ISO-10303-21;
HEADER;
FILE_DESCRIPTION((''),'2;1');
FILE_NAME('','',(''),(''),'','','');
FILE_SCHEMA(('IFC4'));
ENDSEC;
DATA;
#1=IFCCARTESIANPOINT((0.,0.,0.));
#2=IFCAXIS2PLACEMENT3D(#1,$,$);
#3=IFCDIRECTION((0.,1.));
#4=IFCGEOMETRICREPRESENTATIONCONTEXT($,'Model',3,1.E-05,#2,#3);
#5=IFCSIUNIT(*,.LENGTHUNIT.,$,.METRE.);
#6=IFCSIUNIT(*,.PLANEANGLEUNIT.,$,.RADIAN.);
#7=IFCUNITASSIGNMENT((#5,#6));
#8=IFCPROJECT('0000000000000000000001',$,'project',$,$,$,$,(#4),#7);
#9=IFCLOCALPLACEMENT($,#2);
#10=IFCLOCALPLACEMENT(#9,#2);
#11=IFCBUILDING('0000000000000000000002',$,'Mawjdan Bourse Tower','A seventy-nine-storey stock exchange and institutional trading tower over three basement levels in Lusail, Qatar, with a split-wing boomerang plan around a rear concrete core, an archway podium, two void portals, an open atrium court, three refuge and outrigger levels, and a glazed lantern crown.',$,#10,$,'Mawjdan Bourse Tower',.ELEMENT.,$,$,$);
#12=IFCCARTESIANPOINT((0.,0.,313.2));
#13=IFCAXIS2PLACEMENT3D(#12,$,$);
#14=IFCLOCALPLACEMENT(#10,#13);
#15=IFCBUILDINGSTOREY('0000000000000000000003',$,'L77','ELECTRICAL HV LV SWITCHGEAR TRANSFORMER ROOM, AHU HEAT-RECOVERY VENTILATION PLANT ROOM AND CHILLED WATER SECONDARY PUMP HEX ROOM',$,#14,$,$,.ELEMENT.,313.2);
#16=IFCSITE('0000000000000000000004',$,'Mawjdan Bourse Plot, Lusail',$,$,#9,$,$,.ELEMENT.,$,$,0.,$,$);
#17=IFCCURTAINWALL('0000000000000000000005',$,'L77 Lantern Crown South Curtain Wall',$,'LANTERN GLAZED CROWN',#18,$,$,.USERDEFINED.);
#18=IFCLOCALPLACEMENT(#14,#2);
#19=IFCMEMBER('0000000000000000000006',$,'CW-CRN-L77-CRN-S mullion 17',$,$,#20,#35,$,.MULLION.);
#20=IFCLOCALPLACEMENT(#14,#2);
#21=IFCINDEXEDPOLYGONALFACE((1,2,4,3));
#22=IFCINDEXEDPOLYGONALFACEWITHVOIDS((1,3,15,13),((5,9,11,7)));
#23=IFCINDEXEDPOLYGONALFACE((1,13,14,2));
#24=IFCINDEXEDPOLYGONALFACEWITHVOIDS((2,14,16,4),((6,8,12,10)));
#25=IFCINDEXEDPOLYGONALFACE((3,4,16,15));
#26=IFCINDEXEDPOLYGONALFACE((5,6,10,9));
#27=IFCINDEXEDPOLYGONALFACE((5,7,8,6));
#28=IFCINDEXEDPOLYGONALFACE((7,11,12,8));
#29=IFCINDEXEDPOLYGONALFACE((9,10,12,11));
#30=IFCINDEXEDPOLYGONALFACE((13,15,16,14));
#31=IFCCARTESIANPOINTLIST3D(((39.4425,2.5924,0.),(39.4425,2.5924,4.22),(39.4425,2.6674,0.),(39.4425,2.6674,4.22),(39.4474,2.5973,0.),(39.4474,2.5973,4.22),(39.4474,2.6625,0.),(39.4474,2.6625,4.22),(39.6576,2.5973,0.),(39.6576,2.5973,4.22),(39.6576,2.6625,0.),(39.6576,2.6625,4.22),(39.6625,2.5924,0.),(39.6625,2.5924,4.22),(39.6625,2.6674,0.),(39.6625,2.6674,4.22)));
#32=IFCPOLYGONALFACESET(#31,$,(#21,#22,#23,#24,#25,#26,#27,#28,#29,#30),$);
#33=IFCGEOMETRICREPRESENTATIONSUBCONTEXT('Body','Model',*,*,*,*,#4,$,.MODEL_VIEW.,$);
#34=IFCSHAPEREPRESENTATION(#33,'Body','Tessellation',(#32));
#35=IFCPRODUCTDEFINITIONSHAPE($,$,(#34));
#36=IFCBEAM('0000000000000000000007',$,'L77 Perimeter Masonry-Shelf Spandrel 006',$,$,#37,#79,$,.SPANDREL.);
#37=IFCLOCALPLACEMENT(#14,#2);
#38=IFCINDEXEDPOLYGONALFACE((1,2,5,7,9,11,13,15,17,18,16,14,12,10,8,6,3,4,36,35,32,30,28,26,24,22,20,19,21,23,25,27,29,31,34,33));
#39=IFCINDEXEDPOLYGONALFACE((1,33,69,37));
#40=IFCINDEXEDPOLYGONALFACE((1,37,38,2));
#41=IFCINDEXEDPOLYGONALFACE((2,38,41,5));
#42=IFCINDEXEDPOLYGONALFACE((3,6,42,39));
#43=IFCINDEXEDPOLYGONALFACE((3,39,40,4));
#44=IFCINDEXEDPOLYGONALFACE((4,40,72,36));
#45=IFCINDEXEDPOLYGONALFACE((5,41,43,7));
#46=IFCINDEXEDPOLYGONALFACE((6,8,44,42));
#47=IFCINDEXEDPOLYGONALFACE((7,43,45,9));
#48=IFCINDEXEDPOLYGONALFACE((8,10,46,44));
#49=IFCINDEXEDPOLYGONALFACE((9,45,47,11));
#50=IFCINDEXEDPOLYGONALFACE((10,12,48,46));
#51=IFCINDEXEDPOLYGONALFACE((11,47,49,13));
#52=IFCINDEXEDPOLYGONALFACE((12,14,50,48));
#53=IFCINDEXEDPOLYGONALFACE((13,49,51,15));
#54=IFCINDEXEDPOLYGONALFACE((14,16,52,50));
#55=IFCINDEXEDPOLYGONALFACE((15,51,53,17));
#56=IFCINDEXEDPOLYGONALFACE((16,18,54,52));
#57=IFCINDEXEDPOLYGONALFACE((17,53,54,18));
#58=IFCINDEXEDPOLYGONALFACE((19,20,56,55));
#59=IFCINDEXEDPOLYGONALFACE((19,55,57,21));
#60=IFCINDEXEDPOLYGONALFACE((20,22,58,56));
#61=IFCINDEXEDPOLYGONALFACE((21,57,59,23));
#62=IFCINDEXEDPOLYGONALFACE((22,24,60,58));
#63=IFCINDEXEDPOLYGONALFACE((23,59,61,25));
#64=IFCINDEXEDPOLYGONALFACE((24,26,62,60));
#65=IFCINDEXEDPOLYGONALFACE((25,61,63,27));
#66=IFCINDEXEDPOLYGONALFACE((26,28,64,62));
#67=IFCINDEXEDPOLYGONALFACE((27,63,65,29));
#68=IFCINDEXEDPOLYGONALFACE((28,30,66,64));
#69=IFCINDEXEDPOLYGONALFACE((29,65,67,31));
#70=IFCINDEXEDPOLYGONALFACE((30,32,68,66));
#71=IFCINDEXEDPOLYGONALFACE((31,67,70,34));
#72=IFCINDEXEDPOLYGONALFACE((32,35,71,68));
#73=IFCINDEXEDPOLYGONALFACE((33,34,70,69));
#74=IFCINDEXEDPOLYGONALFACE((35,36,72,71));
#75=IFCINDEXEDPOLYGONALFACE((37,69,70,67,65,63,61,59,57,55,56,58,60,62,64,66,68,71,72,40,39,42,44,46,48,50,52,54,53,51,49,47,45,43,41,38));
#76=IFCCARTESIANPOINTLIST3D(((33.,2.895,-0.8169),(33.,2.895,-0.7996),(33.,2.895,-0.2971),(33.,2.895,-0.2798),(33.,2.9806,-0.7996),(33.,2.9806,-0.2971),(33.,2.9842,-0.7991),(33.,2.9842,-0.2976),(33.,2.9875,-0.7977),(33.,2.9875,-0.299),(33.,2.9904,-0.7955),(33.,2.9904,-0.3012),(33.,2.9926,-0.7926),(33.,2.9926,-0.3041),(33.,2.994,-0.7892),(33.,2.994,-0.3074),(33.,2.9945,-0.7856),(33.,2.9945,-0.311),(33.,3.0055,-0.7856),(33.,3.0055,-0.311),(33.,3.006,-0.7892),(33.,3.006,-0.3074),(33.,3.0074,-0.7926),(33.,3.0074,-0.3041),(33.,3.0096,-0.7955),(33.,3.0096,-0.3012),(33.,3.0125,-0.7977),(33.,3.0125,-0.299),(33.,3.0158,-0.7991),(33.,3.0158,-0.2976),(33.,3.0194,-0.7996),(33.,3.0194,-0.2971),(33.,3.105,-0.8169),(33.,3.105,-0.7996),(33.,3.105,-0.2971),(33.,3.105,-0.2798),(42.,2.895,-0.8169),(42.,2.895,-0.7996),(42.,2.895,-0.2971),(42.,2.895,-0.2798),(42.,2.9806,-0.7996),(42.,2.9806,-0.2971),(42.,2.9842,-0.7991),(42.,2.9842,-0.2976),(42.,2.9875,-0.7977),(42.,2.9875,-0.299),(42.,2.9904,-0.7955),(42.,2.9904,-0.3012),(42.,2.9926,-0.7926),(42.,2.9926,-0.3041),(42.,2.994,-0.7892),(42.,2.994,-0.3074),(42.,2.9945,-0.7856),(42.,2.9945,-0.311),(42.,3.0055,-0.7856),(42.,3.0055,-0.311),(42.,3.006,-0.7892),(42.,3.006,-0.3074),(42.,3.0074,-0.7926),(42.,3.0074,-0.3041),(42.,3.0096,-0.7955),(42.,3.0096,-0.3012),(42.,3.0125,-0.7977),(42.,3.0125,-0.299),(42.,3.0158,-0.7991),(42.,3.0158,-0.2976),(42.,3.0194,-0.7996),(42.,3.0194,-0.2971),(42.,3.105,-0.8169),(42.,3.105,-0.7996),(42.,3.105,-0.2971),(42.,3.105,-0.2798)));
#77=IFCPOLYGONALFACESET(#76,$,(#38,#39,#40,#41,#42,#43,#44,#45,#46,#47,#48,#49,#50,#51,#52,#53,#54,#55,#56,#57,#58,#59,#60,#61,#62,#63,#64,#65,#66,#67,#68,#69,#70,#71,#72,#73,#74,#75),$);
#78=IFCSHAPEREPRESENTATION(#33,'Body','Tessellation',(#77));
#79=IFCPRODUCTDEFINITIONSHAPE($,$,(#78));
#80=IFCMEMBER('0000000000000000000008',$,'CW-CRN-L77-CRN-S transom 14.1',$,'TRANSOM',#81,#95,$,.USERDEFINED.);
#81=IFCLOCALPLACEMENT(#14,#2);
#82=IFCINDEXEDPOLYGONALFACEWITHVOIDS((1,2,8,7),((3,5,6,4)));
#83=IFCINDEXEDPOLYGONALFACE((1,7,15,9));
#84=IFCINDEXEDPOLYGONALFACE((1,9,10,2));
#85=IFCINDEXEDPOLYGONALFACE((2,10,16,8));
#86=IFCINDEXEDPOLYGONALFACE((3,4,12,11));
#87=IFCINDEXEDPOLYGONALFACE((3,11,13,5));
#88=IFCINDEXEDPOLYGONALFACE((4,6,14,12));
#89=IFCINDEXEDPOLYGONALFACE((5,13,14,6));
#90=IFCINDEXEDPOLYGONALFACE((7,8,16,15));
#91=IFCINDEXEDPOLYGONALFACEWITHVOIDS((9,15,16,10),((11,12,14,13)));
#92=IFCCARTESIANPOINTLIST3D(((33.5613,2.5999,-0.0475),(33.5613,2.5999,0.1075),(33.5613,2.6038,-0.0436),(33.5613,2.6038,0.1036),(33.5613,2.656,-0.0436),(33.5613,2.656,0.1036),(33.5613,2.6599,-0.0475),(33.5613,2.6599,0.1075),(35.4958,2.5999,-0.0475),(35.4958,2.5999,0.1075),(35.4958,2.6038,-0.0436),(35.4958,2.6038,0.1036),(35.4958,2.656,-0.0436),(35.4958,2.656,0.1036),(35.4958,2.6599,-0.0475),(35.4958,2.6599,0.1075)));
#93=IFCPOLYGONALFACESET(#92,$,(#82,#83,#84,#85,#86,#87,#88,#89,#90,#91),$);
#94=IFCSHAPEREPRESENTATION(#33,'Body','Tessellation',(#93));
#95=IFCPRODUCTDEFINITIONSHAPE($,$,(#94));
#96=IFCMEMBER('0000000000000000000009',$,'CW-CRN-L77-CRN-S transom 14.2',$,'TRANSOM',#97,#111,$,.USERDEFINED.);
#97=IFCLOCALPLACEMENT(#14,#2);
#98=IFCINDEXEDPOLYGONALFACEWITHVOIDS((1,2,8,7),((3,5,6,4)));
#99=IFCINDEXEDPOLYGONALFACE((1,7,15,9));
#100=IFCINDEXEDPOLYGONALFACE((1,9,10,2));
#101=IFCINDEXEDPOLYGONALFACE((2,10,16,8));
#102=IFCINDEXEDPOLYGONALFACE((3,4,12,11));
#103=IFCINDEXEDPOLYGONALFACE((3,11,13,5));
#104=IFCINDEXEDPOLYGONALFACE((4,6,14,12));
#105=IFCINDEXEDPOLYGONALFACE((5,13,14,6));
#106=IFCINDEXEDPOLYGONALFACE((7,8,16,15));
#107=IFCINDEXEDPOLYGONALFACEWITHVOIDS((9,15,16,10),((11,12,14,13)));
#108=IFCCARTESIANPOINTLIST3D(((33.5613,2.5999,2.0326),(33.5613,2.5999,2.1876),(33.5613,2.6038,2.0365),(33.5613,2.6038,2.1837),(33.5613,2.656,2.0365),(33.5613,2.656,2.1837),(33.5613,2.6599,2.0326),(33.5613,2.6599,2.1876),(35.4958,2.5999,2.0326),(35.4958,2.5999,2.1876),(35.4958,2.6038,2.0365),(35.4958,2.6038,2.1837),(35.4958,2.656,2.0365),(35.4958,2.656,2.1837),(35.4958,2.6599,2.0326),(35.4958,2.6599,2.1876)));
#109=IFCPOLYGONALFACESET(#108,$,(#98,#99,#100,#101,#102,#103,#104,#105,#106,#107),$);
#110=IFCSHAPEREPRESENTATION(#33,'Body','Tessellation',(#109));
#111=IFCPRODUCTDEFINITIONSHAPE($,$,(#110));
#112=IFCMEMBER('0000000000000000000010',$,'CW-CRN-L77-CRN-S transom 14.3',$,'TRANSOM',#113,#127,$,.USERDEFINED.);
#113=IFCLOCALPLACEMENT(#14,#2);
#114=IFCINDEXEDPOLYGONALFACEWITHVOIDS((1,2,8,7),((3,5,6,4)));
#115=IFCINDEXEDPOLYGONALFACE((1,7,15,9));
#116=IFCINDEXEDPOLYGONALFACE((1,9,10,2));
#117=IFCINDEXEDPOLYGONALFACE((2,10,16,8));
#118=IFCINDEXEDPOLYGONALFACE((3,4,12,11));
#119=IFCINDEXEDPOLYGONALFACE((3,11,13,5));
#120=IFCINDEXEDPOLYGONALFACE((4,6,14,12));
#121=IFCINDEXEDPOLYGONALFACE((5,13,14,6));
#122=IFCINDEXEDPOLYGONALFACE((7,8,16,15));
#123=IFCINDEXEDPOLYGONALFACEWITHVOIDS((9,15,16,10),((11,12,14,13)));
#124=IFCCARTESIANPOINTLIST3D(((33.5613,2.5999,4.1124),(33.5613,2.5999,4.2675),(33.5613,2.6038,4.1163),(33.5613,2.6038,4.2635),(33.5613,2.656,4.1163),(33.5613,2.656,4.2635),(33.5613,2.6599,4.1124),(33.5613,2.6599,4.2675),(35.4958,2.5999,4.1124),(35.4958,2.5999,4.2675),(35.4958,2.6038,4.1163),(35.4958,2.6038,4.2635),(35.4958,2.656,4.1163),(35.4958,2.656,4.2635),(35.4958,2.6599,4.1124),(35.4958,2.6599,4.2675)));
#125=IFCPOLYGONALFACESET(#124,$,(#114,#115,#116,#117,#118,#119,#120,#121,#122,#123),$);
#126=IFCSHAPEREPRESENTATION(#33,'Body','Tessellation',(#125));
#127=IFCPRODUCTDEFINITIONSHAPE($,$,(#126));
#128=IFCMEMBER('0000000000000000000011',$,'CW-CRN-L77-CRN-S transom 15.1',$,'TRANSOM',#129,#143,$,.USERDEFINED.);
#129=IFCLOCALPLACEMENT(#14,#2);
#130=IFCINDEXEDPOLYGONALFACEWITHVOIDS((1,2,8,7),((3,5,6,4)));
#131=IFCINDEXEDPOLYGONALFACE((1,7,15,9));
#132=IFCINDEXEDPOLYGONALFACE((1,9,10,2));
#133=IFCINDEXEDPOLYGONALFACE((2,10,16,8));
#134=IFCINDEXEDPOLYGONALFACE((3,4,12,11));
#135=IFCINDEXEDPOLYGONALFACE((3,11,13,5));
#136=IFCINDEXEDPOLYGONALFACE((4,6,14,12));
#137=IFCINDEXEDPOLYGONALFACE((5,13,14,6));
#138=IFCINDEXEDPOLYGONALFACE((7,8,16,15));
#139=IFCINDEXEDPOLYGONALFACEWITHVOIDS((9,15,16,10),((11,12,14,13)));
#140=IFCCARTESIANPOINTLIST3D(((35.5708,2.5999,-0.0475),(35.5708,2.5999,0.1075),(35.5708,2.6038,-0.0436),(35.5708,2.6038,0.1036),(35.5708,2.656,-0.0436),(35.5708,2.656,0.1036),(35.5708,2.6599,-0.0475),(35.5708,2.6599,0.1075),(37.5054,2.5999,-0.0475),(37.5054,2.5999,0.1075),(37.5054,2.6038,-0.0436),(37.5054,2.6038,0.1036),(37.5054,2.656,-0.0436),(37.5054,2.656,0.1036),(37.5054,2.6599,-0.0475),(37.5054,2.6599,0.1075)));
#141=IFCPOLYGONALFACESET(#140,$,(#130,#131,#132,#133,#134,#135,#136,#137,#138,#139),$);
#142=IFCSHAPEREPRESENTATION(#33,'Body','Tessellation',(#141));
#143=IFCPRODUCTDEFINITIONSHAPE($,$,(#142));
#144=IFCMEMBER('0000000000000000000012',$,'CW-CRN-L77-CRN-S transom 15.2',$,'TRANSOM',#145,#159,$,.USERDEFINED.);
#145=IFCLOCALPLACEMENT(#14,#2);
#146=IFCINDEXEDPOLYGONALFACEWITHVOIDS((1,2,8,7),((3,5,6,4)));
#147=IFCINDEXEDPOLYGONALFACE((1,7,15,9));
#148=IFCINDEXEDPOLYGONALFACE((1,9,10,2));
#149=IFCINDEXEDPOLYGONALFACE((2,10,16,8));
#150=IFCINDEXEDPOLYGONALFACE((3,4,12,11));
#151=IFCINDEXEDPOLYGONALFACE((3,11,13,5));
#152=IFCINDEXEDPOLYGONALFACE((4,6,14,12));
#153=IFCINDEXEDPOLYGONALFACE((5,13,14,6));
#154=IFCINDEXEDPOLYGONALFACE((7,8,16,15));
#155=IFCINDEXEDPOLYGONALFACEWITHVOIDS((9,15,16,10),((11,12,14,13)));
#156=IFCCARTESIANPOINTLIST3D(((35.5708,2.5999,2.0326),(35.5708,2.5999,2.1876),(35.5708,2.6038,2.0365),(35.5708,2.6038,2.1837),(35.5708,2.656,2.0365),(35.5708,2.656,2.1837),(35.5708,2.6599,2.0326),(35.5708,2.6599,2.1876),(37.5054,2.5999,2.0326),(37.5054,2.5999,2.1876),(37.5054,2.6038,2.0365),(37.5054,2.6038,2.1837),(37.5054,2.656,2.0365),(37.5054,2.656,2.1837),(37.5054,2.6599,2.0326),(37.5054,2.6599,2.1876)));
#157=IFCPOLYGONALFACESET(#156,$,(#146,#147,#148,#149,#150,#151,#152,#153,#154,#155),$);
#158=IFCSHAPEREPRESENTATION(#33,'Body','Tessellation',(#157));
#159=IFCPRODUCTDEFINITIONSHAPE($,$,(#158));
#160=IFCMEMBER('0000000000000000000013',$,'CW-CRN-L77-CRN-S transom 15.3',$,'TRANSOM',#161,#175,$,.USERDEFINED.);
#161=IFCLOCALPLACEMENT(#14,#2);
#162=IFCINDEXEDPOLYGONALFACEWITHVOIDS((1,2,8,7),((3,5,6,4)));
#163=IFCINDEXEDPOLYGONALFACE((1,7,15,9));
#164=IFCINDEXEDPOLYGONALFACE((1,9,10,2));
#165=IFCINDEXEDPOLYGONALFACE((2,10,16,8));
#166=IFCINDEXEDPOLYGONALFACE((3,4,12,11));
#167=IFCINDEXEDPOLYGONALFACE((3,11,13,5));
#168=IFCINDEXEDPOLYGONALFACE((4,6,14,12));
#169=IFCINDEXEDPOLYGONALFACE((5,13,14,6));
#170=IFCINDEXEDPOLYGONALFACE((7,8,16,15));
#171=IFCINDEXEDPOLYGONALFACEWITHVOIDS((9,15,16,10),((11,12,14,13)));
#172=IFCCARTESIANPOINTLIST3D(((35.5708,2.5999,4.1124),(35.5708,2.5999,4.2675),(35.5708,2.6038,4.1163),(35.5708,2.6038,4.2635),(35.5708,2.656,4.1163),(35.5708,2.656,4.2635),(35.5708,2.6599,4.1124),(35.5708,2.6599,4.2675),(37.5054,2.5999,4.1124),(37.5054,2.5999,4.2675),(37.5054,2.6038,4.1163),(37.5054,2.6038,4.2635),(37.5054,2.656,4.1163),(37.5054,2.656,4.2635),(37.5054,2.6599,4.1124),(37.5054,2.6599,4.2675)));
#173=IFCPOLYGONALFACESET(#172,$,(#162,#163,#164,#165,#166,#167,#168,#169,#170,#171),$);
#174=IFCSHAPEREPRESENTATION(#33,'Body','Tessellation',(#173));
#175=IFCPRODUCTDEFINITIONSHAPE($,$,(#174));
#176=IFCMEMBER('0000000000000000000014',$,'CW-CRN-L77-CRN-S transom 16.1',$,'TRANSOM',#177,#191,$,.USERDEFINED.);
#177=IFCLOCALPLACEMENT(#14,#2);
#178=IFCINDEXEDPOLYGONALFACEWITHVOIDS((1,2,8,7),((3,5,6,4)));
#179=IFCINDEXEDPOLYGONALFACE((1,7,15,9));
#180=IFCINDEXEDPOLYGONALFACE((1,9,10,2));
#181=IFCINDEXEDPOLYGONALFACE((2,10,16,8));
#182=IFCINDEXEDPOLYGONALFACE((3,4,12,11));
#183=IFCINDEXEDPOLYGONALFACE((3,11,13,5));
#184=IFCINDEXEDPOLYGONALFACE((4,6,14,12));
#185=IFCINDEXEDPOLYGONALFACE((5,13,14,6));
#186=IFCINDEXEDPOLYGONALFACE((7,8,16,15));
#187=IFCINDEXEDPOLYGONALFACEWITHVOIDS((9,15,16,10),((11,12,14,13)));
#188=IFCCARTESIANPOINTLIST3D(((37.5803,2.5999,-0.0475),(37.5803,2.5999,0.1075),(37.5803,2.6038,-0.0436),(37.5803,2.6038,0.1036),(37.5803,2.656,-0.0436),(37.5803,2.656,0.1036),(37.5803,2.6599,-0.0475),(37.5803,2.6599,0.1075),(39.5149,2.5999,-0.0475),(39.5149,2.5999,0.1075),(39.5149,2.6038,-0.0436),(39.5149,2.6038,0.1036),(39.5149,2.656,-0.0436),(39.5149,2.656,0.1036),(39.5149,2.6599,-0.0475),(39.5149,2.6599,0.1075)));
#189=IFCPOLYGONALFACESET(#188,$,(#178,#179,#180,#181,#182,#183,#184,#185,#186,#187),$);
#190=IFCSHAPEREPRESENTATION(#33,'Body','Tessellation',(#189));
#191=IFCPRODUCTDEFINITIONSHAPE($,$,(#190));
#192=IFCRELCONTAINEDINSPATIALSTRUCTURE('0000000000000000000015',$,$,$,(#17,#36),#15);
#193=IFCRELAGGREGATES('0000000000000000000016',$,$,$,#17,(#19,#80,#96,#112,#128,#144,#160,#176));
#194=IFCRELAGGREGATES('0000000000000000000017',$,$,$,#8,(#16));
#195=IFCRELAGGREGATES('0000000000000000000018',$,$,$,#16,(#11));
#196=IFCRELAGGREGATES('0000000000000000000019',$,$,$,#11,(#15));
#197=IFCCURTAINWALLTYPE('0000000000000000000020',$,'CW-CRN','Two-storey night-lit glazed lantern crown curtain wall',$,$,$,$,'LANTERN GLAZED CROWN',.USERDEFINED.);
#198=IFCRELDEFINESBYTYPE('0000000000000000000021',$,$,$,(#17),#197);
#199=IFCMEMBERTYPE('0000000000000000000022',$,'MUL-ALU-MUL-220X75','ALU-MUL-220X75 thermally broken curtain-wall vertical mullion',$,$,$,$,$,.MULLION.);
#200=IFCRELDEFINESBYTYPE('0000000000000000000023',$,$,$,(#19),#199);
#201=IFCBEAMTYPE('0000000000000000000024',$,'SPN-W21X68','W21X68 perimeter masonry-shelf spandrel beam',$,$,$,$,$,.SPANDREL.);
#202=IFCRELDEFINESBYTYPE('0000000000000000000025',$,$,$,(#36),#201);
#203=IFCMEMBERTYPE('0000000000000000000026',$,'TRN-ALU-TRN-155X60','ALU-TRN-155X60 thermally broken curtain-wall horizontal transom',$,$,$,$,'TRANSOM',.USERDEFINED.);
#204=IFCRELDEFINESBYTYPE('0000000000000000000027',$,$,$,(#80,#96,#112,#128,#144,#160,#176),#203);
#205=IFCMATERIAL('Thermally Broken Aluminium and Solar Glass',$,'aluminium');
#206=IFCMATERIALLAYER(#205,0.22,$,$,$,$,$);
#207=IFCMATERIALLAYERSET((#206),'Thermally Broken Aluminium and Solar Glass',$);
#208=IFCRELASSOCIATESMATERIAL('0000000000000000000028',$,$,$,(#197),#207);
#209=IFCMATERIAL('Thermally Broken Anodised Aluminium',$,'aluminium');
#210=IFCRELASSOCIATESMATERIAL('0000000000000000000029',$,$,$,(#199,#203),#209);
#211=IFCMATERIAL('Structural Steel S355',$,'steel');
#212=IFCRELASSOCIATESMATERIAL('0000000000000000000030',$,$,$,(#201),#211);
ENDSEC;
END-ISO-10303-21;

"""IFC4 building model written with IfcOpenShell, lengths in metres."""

from ifc_helpers import new_model, si_unit, direction, frame, origin, origin_2d, place, context, subcontext, project, spatial, hollow_rectangle, i_section, extrude, material, layer, layer_set, material_profile, profile_set, type_object, element, aggregate, save


model = new_model("IFC4")

# Units and contexts
model_context = context("Model", 3, precision=1e-05, world=origin(), true_north=direction((0.0, 1.0)))
body_context = subcontext(model_context, "Body", "Model", "MODEL_VIEW")
ifc_project = project(units=[si_unit("LENGTHUNIT", "METRE"), si_unit("PLANEANGLEUNIT", "RADIAN")], contexts=[model_context])

# Site, building, storey
site_placement = place(None, origin())
site = spatial("IfcSite", under=ifc_project, at=site_placement, Name="Mawjdan Bourse Plot, Lusail", CompositionType="ELEMENT", RefElevation=0.0)
building_placement = place(site_placement, origin())
building = spatial("IfcBuilding", under=site, at=building_placement, Name="Mawjdan Bourse Tower", Description="A seventy-nine-storey stock exchange and institutional trading tower over three basement levels in Lusail, Qatar, with a split-wing boomerang plan around a rear concrete core, an archway podium, two void portals, an open atrium court, three refuge and outrigger levels, and a glazed lantern crown.", LongName="Mawjdan Bourse Tower", CompositionType="ELEMENT")
storey_placement = place(building_placement, frame((0.0, 0.0, 313.2)))
storey = spatial("IfcBuildingStorey", under=building, at=storey_placement, Name="L77", Description="ELECTRICAL HV LV SWITCHGEAR TRANSFORMER ROOM, AHU HEAT-RECOVERY VENTILATION PLANT ROOM AND CHILLED WATER SECONDARY PUMP HEX ROOM", CompositionType="ELEMENT", Elevation=313.2)

# Shared definitions
ifc_material_1 = material(Name="Structural Steel S355", Category="steel")

# Curtain wall, member
ifc_material_2 = material(Name="Thermally Broken Aluminium and Solar Glass", Category="aluminium")
ifc_layer_1 = layer(ifc_material_2, 0.22)
ifc_layer_set_1 = layer_set([ifc_layer_1], Name="Thermally Broken Aluminium and Solar Glass")
curtain_wall_type = type_object("IfcCurtainWallType", Name="CW-CRN", Description="Two-storey night-lit glazed lantern crown curtain wall", ElementType="LANTERN GLAZED CROWN", PredefinedType="USERDEFINED", material=ifc_layer_set_1)
curtain_wall_placement = place(storey_placement, origin())
curtain_wall = element("IfcCurtainWall", 1, at=curtain_wall_placement, inside=storey, type_object=curtain_wall_type, Name="L77 Lantern Crown South Curtain Wall", ObjectType="LANTERN GLAZED CROWN", PredefinedType="USERDEFINED")
ifc_material_3 = material(Name="Thermally Broken Anodised Aluminium", Category="aluminium")
ifc_material_profile_1 = material_profile(ifc_material_3, hollow_rectangle(XDim=0.075, YDim=0.22, WallThickness=0.0049, at=origin_2d()), Name="ALU-MUL-220X75")
ifc_profile_set_1 = profile_set([ifc_material_profile_1], Name="Thermally Broken Anodised Aluminium")
member_type_1 = type_object("IfcMemberType", Name="MUL-ALU-MUL-220X75", Description="ALU-MUL-220X75 thermally broken curtain-wall vertical mullion", PredefinedType="MULLION", material=ifc_profile_set_1)
member_1_placement = place(storey_placement, frame((39.5525, 2.6299, 0.0), z_axis=(0.0, 0.0, 1.0), x_axis=(0.0, 1.0, 0.0)))
member_1 = element("IfcMember", 2, at=member_1_placement, type_object=member_type_1, Name="CW-CRN-L77-CRN-S mullion 17", PredefinedType="MULLION", context=body_context, shape_type="SweptSolid", body=[
    extrude(hollow_rectangle(XDim=0.075, YDim=0.22, WallThickness=0.0049, at=origin_2d()), origin(), (0.0, 0.0, 1.0), 4.22),
])

# Beam
ifc_material_profile_2 = material_profile(ifc_material_1, i_section(OverallWidth=0.21, OverallDepth=0.5371, WebThickness=0.011, FlangeThickness=0.0173, FilletRadius=0.0139, at=origin_2d()), Name="W21X68")
ifc_profile_set_2 = profile_set([ifc_material_profile_2], Name="Structural Steel S355")
beam_type_1 = type_object("IfcBeamType", Name="SPN-W21X68", Description="W21X68 perimeter masonry-shelf spandrel beam", PredefinedType="SPANDREL", material=ifc_profile_set_2)
beam_placement = place(storey_placement, frame((33.0, 3.0, -0.5483), z_axis=(1.0, 0.0, 0.0), x_axis=(0.0, 1.0, 0.0)))
element("IfcBeam", 3, at=beam_placement, inside=storey, type_object=beam_type_1, Name="L77 Perimeter Masonry-Shelf Spandrel 006", PredefinedType="SPANDREL", context=body_context, shape_type="SweptSolid", body=[
    extrude(i_section(OverallWidth=0.21, OverallDepth=0.5371, WebThickness=0.011, FlangeThickness=0.0173, FilletRadius=0.0139, at=origin_2d()), origin(), (0.0, 0.0, 1.0), 9.0),
])

# Members
ifc_material_profile_3 = material_profile(ifc_material_3, hollow_rectangle(XDim=0.0601, YDim=0.155, WallThickness=0.0039, at=origin_2d()), Name="ALU-TRN-155X60")
ifc_profile_set_3 = profile_set([ifc_material_profile_3], Name="Thermally Broken Anodised Aluminium")
member_type_2 = type_object("IfcMemberType", Name="TRN-ALU-TRN-155X60", Description="ALU-TRN-155X60 thermally broken curtain-wall horizontal transom", ElementType="TRANSOM", PredefinedType="USERDEFINED", material=ifc_profile_set_3)
member_2_placement = place(storey_placement, frame((33.5613, 2.6299, 0.03), z_axis=(1.0, 0.0, 0.0), x_axis=(0.0, 1.0, 0.0)))
member_2 = element("IfcMember", 4, at=member_2_placement, type_object=member_type_2, Name="CW-CRN-L77-CRN-S transom 14.1", ObjectType="TRANSOM", PredefinedType="USERDEFINED", context=body_context, shape_type="SweptSolid", body=[
    extrude(hollow_rectangle(XDim=0.0601, YDim=0.155, WallThickness=0.0039, at=origin_2d()), origin(), (0.0, 0.0, 1.0), 1.9346),
])
member_3_placement = place(storey_placement, frame((33.5613, 2.6299, 2.1101), z_axis=(1.0, 0.0, 0.0), x_axis=(0.0, 1.0, 0.0)))
member_3 = element("IfcMember", 5, at=member_3_placement, type_object=member_type_2, Name="CW-CRN-L77-CRN-S transom 14.2", ObjectType="TRANSOM", PredefinedType="USERDEFINED", context=body_context, shape_type="SweptSolid", body=[
    extrude(hollow_rectangle(XDim=0.0601, YDim=0.155, WallThickness=0.0039, at=origin_2d()), origin(), (0.0, 0.0, 1.0), 1.9346),
])
member_4_placement = place(storey_placement, frame((33.5613, 2.6299, 4.1899), z_axis=(1.0, 0.0, 0.0), x_axis=(0.0, 1.0, 0.0)))
member_4 = element("IfcMember", 6, at=member_4_placement, type_object=member_type_2, Name="CW-CRN-L77-CRN-S transom 14.3", ObjectType="TRANSOM", PredefinedType="USERDEFINED", context=body_context, shape_type="SweptSolid", body=[
    extrude(hollow_rectangle(XDim=0.0601, YDim=0.155, WallThickness=0.0039, at=origin_2d()), origin(), (0.0, 0.0, 1.0), 1.9346),
])
member_5_placement = place(storey_placement, frame((35.5708, 2.6299, 0.03), z_axis=(1.0, 0.0, 0.0), x_axis=(0.0, 1.0, 0.0)))
member_5 = element("IfcMember", 7, at=member_5_placement, type_object=member_type_2, Name="CW-CRN-L77-CRN-S transom 15.1", ObjectType="TRANSOM", PredefinedType="USERDEFINED", context=body_context, shape_type="SweptSolid", body=[
    extrude(hollow_rectangle(XDim=0.0601, YDim=0.155, WallThickness=0.0039, at=origin_2d()), origin(), (0.0, 0.0, 1.0), 1.9346),
])
member_6_placement = place(storey_placement, frame((35.5708, 2.6299, 2.1101), z_axis=(1.0, 0.0, 0.0), x_axis=(0.0, 1.0, 0.0)))
member_6 = element("IfcMember", 8, at=member_6_placement, type_object=member_type_2, Name="CW-CRN-L77-CRN-S transom 15.2", ObjectType="TRANSOM", PredefinedType="USERDEFINED", context=body_context, shape_type="SweptSolid", body=[
    extrude(hollow_rectangle(XDim=0.0601, YDim=0.155, WallThickness=0.0039, at=origin_2d()), origin(), (0.0, 0.0, 1.0), 1.9346),
])
member_7_placement = place(storey_placement, frame((35.5708, 2.6299, 4.1899), z_axis=(1.0, 0.0, 0.0), x_axis=(0.0, 1.0, 0.0)))
member_7 = element("IfcMember", 9, at=member_7_placement, type_object=member_type_2, Name="CW-CRN-L77-CRN-S transom 15.3", ObjectType="TRANSOM", PredefinedType="USERDEFINED", context=body_context, shape_type="SweptSolid", body=[
    extrude(hollow_rectangle(XDim=0.0601, YDim=0.155, WallThickness=0.0039, at=origin_2d()), origin(), (0.0, 0.0, 1.0), 1.9346),
])
member_8_placement = place(storey_placement, frame((37.5803, 2.6299, 0.03), z_axis=(1.0, 0.0, 0.0), x_axis=(0.0, 1.0, 0.0)))
member_8 = element("IfcMember", 10, at=member_8_placement, type_object=member_type_2, Name="CW-CRN-L77-CRN-S transom 16.1", ObjectType="TRANSOM", PredefinedType="USERDEFINED", context=body_context, shape_type="SweptSolid", body=[
    extrude(hollow_rectangle(XDim=0.0601, YDim=0.155, WallThickness=0.0039, at=origin_2d()), origin(), (0.0, 0.0, 1.0), 1.9346),
])

aggregate(curtain_wall, [member_1, member_2, member_3, member_4, member_5, member_6, member_7, member_8])

save(model, "model.ifc")
